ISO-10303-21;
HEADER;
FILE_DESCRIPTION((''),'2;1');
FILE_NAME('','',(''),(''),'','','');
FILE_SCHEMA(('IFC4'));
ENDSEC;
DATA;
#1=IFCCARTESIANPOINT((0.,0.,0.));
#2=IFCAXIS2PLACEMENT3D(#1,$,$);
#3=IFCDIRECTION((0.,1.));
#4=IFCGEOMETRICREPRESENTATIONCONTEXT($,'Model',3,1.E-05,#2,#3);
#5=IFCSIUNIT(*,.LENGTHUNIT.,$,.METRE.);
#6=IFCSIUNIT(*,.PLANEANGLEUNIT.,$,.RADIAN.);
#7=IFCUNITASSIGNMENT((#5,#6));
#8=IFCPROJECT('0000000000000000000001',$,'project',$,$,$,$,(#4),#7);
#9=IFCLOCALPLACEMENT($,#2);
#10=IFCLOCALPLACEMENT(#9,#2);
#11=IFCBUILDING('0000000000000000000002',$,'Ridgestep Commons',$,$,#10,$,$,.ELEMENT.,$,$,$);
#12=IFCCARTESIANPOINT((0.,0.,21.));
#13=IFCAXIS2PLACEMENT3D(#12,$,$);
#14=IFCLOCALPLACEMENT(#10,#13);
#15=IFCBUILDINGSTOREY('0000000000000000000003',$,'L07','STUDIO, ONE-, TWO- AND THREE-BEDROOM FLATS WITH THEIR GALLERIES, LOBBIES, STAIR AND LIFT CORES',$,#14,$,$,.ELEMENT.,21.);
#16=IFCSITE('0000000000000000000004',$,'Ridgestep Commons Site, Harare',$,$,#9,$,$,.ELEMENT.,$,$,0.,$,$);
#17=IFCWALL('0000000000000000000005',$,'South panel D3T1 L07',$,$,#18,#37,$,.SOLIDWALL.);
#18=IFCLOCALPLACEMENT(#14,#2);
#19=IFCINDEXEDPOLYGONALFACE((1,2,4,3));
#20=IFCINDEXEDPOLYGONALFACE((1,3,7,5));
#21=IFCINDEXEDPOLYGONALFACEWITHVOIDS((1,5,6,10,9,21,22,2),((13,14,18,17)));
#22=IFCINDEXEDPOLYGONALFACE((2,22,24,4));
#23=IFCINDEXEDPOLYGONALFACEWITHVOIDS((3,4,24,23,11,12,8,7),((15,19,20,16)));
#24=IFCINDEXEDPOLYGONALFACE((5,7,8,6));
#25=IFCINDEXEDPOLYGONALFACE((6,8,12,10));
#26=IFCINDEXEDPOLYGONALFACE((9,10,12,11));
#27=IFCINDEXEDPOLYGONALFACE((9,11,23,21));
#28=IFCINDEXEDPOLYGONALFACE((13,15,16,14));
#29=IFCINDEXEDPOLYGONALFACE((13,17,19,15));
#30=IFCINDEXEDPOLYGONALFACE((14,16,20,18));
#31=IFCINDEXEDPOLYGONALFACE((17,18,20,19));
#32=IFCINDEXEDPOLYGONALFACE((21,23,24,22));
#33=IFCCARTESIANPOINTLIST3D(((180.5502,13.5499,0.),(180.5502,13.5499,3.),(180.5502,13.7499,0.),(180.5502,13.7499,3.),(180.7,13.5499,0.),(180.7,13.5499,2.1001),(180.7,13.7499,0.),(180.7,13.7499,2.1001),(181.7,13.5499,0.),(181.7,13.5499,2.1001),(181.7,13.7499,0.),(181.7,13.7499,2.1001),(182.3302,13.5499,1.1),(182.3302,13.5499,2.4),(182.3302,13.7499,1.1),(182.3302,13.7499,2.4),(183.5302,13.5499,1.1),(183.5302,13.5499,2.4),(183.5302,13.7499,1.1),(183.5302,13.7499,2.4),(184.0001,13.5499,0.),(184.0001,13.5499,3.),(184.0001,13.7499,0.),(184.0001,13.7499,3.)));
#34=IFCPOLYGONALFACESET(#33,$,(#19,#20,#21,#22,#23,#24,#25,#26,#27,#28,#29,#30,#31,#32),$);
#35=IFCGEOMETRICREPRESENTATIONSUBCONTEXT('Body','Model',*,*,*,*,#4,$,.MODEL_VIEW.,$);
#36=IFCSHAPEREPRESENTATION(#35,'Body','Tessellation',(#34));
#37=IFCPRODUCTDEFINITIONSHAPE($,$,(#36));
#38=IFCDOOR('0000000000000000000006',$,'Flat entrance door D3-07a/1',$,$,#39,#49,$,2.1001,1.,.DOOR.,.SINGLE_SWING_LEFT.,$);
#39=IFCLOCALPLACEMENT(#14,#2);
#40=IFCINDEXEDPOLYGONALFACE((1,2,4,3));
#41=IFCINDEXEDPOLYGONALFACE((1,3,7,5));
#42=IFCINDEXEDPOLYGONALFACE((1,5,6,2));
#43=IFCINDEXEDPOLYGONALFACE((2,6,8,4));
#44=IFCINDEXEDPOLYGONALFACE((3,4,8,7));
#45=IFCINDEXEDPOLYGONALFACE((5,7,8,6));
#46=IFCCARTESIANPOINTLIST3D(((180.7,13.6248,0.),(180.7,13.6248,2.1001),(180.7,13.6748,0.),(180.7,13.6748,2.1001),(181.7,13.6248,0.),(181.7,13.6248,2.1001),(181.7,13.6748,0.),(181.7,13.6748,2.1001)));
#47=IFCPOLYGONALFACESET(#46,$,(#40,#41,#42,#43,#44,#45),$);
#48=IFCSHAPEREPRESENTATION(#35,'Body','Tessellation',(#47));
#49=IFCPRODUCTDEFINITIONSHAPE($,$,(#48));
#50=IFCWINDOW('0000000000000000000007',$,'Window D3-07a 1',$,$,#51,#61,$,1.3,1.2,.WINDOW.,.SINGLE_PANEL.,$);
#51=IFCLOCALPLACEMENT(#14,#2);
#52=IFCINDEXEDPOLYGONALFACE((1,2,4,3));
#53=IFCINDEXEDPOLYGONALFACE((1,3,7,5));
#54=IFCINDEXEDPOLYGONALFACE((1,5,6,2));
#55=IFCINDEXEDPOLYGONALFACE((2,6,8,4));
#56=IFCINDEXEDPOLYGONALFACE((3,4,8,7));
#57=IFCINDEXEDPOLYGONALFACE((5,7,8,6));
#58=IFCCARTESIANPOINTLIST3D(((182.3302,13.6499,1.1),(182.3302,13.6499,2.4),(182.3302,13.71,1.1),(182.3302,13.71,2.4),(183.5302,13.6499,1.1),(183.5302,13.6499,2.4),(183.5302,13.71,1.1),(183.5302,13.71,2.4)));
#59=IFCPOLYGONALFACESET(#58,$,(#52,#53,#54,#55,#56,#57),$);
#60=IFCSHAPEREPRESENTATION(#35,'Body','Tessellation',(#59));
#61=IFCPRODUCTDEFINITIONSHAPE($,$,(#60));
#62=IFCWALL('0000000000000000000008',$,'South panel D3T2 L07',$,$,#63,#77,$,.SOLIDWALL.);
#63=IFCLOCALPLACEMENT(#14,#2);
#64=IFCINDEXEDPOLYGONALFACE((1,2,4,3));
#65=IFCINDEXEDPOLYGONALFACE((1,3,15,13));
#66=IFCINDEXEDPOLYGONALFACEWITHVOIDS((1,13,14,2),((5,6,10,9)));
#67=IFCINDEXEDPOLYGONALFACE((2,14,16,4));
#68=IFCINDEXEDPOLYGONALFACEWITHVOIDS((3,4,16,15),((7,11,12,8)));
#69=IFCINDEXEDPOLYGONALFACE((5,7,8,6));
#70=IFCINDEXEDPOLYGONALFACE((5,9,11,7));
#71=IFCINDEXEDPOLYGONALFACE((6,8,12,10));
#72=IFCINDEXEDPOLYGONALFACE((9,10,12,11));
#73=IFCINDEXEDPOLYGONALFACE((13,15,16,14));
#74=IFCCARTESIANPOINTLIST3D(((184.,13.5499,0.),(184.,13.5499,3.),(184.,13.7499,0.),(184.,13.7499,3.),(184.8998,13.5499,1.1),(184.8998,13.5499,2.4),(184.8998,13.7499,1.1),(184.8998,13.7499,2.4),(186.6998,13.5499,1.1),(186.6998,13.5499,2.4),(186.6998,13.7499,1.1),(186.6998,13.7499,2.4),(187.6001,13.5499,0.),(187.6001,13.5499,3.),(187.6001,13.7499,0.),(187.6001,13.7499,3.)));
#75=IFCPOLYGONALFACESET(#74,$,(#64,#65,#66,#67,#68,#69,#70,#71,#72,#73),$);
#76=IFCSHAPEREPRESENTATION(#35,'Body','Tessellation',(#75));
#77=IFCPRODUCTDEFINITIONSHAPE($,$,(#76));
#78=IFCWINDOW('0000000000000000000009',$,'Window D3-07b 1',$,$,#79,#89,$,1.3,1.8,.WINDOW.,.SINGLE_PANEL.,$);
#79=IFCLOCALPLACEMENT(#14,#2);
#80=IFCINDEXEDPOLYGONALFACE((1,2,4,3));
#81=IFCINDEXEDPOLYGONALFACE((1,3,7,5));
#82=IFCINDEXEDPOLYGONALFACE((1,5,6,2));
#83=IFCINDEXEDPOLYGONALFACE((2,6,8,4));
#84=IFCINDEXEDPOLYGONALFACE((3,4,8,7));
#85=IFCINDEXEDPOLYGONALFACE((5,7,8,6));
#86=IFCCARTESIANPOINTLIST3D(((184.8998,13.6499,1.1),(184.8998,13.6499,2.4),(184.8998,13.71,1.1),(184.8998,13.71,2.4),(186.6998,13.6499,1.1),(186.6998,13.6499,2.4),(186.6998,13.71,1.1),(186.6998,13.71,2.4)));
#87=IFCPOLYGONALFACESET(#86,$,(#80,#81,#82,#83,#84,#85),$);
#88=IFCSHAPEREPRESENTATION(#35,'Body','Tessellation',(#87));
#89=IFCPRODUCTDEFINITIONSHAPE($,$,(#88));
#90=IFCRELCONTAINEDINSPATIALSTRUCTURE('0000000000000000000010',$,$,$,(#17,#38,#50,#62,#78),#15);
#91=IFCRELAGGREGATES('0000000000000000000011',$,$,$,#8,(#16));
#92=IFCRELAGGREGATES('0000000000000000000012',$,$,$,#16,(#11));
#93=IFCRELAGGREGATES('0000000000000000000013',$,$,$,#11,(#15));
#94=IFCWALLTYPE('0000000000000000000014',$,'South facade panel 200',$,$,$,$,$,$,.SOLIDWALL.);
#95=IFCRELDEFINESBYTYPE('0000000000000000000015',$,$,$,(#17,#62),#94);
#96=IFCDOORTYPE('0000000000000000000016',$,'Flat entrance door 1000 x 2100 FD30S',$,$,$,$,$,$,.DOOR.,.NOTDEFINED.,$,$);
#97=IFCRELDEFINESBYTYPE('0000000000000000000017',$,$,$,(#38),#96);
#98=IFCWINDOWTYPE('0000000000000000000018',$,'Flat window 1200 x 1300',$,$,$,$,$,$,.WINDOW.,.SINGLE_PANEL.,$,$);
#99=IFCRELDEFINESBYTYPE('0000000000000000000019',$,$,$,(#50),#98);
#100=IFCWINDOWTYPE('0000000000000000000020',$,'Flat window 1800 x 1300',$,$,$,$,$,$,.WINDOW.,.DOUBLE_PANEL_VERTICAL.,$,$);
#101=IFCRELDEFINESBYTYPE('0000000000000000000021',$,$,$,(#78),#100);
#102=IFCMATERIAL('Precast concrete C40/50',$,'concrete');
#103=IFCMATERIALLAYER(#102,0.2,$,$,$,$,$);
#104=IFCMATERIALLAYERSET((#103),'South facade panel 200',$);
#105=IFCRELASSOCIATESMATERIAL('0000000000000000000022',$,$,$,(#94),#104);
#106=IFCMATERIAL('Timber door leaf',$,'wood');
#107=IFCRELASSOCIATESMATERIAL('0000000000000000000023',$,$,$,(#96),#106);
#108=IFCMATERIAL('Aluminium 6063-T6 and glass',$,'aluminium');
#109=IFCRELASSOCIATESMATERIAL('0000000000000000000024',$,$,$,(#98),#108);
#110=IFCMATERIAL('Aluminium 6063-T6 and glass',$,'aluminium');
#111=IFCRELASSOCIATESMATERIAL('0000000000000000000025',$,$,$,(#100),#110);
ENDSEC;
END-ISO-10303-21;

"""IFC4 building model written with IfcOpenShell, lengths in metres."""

from ifc_helpers import new_model, si_unit, direction, frame, frame_2d, origin, place, context, subcontext, project, spatial, rectangle, extrude, material, layer, layer_set, type_object, element, fill, save


model = new_model("IFC4")

# Units and contexts
model_context = context("Model", 3, precision=1e-05, world=origin(), true_north=direction((0.0, 1.0)))
body_context = subcontext(model_context, "Body", "Model", "MODEL_VIEW")
ifc_project = project(units=[si_unit("LENGTHUNIT", "METRE"), si_unit("PLANEANGLEUNIT", "RADIAN")], contexts=[model_context])

# Site, building, storey
site_placement = place(None, origin())
site = spatial("IfcSite", under=ifc_project, at=site_placement, Name="Ridgestep Commons Site, Harare", CompositionType="ELEMENT", RefElevation=0.0)
building_placement = place(site_placement, origin())
building = spatial("IfcBuilding", under=site, at=building_placement, Name="Ridgestep Commons", CompositionType="ELEMENT")
storey_placement = place(building_placement, frame((0.0, 0.0, 21.0)))
storey = spatial("IfcBuildingStorey", under=building, at=storey_placement, Name="L07", Description="STUDIO, ONE-, TWO- AND THREE-BEDROOM FLATS WITH THEIR GALLERIES, LOBBIES, STAIR AND LIFT CORES", CompositionType="ELEMENT", Elevation=21.0)

# Wall, openings, door, window
ifc_material_1 = material(Name="Precast concrete C40/50", Category="concrete")
ifc_layer_1 = layer(ifc_material_1, 0.2)
ifc_layer_set_1 = layer_set([ifc_layer_1], Name="South facade panel 200")
wall_type_1 = type_object("IfcWallType", Name="South facade panel 200", PredefinedType="SOLIDWALL", material=ifc_layer_set_1)
wall_1_placement = place(storey_placement, frame((180.55, 13.6499, 0.0), z_axis=(0.0, 0.0, 1.0), x_axis=(1.0, 0.0, 0.0)))
wall_1 = element("IfcWall", 1, at=wall_1_placement, inside=storey, type_object=wall_type_1, Name="South panel D3T1 L07", PredefinedType="SOLIDWALL", context=body_context, shape_type="SweptSolid", body=[
    extrude(rectangle(XDim=3.45, YDim=0.2, at=frame_2d((1.7251, 0.0))), origin(), (0.0, 0.0, 1.0), 3.0),
])
opening_1_placement = place(wall_1_placement, frame((1.78, 0.0, 1.1001)))
opening_1 = element("IfcOpeningElement", 2, at=opening_1_placement, cuts=wall_1, PredefinedType="OPENING", context=body_context, shape_type="SweptSolid", body=[
    extrude(rectangle(XDim=1.2, YDim=1.3, at=frame_2d((0.6001, 0.6499))), frame((0.0, 0.1099, 0.0), z_axis=(0.0, -1.0, 0.0), x_axis=(1.0, 0.0, 0.0)), (0.0, 0.0, 1.0), 0.22),
])
opening_2_placement = place(wall_1_placement, frame((0.1499, 0.0, 0.0)))
opening_2 = element("IfcOpeningElement", 3, at=opening_2_placement, cuts=wall_1, PredefinedType="OPENING", context=body_context, shape_type="SweptSolid", body=[
    extrude(rectangle(XDim=1.0, YDim=2.1001, at=frame_2d((0.5, 1.05))), frame((0.0, 0.1099, 0.0), z_axis=(0.0, -1.0, 0.0), x_axis=(1.0, 0.0, 0.0)), (0.0, 0.0, 1.0), 0.22),
])
ifc_material_2 = material(Name="Timber door leaf", Category="wood")
door_type_1 = type_object("IfcDoorType", Name="Flat entrance door 1000 x 2100 FD30S", OperationType="NOTDEFINED", PredefinedType="DOOR", material=ifc_material_2)
door_1_placement = place(opening_2_placement, origin())
door_1 = element("IfcDoor", 4, at=door_1_placement, inside=storey, type_object=door_type_1, Name="Flat entrance door D3-07a/1", OperationType="SINGLE_SWING_LEFT", OverallHeight=2.1001, OverallWidth=1.0, PredefinedType="DOOR", context=body_context, shape_type="SweptSolid", body=[
    extrude(rectangle(XDim=1.0, YDim=2.1001, at=frame_2d((0.5, 1.05))), frame((0.0, 0.0249, 0.0), z_axis=(0.0, -1.0, 0.0), x_axis=(1.0, 0.0, 0.0)), (0.0, 0.0, 1.0), 0.05),
])
fill(opening_2, door_1)
ifc_material_3 = material(Name="Aluminium 6063-T6 and glass", Category="aluminium")
window_type_1 = type_object("IfcWindowType", Name="Flat window 1200 x 1300", PartitioningType="SINGLE_PANEL", PredefinedType="WINDOW", material=ifc_material_3)
window_1_placement = place(opening_1_placement, origin())
window_1 = element("IfcWindow", 5, at=window_1_placement, inside=storey, type_object=window_type_1, Name="Window D3-07a 1", OverallHeight=1.3, OverallWidth=1.2, PartitioningType="SINGLE_PANEL", PredefinedType="WINDOW", context=body_context, shape_type="SweptSolid", body=[
    extrude(rectangle(XDim=1.2, YDim=1.3, at=frame_2d((0.6001, 0.6499))), frame((0.0, 0.0601, 0.0), z_axis=(0.0, -1.0, 0.0), x_axis=(1.0, 0.0, 0.0)), (0.0, 0.0, 1.0), 0.0601),
])
fill(opening_1, window_1)

# Wall, opening, window
wall_2_placement = place(storey_placement, frame((184.0, 13.6499, 0.0), z_axis=(0.0, 0.0, 1.0), x_axis=(1.0, 0.0, 0.0)))
wall_2 = element("IfcWall", 6, at=wall_2_placement, inside=storey, type_object=wall_type_1, Name="South panel D3T2 L07", PredefinedType="SOLIDWALL", context=body_context, shape_type="SweptSolid", body=[
    extrude(rectangle(XDim=3.6001, YDim=0.2, at=frame_2d((1.8, 0.0))), origin(), (0.0, 0.0, 1.0), 3.0),
])
opening_3_placement = place(wall_2_placement, frame((0.8999, 0.0, 1.1001)))
opening_3 = element("IfcOpeningElement", 7, at=opening_3_placement, cuts=wall_2, PredefinedType="OPENING", context=body_context, shape_type="SweptSolid", body=[
    extrude(rectangle(XDim=1.8, YDim=1.3, at=frame_2d((0.8999, 0.6499))), frame((0.0, 0.1099, 0.0), z_axis=(0.0, -1.0, 0.0), x_axis=(1.0, 0.0, 0.0)), (0.0, 0.0, 1.0), 0.22),
])
ifc_material_4 = material(Name="Aluminium 6063-T6 and glass", Category="aluminium")
window_type_2 = type_object("IfcWindowType", Name="Flat window 1800 x 1300", PartitioningType="DOUBLE_PANEL_VERTICAL", PredefinedType="WINDOW", material=ifc_material_4)
window_2_placement = place(opening_3_placement, origin())
window_2 = element("IfcWindow", 8, at=window_2_placement, inside=storey, type_object=window_type_2, Name="Window D3-07b 1", OverallHeight=1.3, OverallWidth=1.8, PartitioningType="SINGLE_PANEL", PredefinedType="WINDOW", context=body_context, shape_type="SweptSolid", body=[
    extrude(rectangle(XDim=1.8, YDim=1.3, at=frame_2d((0.8999, 0.6499))), frame((0.0, 0.0601, 0.0), z_axis=(0.0, -1.0, 0.0), x_axis=(1.0, 0.0, 0.0)), (0.0, 0.0, 1.0), 0.0601),
])
fill(opening_3, window_2)

save(model, "model.ifc")
